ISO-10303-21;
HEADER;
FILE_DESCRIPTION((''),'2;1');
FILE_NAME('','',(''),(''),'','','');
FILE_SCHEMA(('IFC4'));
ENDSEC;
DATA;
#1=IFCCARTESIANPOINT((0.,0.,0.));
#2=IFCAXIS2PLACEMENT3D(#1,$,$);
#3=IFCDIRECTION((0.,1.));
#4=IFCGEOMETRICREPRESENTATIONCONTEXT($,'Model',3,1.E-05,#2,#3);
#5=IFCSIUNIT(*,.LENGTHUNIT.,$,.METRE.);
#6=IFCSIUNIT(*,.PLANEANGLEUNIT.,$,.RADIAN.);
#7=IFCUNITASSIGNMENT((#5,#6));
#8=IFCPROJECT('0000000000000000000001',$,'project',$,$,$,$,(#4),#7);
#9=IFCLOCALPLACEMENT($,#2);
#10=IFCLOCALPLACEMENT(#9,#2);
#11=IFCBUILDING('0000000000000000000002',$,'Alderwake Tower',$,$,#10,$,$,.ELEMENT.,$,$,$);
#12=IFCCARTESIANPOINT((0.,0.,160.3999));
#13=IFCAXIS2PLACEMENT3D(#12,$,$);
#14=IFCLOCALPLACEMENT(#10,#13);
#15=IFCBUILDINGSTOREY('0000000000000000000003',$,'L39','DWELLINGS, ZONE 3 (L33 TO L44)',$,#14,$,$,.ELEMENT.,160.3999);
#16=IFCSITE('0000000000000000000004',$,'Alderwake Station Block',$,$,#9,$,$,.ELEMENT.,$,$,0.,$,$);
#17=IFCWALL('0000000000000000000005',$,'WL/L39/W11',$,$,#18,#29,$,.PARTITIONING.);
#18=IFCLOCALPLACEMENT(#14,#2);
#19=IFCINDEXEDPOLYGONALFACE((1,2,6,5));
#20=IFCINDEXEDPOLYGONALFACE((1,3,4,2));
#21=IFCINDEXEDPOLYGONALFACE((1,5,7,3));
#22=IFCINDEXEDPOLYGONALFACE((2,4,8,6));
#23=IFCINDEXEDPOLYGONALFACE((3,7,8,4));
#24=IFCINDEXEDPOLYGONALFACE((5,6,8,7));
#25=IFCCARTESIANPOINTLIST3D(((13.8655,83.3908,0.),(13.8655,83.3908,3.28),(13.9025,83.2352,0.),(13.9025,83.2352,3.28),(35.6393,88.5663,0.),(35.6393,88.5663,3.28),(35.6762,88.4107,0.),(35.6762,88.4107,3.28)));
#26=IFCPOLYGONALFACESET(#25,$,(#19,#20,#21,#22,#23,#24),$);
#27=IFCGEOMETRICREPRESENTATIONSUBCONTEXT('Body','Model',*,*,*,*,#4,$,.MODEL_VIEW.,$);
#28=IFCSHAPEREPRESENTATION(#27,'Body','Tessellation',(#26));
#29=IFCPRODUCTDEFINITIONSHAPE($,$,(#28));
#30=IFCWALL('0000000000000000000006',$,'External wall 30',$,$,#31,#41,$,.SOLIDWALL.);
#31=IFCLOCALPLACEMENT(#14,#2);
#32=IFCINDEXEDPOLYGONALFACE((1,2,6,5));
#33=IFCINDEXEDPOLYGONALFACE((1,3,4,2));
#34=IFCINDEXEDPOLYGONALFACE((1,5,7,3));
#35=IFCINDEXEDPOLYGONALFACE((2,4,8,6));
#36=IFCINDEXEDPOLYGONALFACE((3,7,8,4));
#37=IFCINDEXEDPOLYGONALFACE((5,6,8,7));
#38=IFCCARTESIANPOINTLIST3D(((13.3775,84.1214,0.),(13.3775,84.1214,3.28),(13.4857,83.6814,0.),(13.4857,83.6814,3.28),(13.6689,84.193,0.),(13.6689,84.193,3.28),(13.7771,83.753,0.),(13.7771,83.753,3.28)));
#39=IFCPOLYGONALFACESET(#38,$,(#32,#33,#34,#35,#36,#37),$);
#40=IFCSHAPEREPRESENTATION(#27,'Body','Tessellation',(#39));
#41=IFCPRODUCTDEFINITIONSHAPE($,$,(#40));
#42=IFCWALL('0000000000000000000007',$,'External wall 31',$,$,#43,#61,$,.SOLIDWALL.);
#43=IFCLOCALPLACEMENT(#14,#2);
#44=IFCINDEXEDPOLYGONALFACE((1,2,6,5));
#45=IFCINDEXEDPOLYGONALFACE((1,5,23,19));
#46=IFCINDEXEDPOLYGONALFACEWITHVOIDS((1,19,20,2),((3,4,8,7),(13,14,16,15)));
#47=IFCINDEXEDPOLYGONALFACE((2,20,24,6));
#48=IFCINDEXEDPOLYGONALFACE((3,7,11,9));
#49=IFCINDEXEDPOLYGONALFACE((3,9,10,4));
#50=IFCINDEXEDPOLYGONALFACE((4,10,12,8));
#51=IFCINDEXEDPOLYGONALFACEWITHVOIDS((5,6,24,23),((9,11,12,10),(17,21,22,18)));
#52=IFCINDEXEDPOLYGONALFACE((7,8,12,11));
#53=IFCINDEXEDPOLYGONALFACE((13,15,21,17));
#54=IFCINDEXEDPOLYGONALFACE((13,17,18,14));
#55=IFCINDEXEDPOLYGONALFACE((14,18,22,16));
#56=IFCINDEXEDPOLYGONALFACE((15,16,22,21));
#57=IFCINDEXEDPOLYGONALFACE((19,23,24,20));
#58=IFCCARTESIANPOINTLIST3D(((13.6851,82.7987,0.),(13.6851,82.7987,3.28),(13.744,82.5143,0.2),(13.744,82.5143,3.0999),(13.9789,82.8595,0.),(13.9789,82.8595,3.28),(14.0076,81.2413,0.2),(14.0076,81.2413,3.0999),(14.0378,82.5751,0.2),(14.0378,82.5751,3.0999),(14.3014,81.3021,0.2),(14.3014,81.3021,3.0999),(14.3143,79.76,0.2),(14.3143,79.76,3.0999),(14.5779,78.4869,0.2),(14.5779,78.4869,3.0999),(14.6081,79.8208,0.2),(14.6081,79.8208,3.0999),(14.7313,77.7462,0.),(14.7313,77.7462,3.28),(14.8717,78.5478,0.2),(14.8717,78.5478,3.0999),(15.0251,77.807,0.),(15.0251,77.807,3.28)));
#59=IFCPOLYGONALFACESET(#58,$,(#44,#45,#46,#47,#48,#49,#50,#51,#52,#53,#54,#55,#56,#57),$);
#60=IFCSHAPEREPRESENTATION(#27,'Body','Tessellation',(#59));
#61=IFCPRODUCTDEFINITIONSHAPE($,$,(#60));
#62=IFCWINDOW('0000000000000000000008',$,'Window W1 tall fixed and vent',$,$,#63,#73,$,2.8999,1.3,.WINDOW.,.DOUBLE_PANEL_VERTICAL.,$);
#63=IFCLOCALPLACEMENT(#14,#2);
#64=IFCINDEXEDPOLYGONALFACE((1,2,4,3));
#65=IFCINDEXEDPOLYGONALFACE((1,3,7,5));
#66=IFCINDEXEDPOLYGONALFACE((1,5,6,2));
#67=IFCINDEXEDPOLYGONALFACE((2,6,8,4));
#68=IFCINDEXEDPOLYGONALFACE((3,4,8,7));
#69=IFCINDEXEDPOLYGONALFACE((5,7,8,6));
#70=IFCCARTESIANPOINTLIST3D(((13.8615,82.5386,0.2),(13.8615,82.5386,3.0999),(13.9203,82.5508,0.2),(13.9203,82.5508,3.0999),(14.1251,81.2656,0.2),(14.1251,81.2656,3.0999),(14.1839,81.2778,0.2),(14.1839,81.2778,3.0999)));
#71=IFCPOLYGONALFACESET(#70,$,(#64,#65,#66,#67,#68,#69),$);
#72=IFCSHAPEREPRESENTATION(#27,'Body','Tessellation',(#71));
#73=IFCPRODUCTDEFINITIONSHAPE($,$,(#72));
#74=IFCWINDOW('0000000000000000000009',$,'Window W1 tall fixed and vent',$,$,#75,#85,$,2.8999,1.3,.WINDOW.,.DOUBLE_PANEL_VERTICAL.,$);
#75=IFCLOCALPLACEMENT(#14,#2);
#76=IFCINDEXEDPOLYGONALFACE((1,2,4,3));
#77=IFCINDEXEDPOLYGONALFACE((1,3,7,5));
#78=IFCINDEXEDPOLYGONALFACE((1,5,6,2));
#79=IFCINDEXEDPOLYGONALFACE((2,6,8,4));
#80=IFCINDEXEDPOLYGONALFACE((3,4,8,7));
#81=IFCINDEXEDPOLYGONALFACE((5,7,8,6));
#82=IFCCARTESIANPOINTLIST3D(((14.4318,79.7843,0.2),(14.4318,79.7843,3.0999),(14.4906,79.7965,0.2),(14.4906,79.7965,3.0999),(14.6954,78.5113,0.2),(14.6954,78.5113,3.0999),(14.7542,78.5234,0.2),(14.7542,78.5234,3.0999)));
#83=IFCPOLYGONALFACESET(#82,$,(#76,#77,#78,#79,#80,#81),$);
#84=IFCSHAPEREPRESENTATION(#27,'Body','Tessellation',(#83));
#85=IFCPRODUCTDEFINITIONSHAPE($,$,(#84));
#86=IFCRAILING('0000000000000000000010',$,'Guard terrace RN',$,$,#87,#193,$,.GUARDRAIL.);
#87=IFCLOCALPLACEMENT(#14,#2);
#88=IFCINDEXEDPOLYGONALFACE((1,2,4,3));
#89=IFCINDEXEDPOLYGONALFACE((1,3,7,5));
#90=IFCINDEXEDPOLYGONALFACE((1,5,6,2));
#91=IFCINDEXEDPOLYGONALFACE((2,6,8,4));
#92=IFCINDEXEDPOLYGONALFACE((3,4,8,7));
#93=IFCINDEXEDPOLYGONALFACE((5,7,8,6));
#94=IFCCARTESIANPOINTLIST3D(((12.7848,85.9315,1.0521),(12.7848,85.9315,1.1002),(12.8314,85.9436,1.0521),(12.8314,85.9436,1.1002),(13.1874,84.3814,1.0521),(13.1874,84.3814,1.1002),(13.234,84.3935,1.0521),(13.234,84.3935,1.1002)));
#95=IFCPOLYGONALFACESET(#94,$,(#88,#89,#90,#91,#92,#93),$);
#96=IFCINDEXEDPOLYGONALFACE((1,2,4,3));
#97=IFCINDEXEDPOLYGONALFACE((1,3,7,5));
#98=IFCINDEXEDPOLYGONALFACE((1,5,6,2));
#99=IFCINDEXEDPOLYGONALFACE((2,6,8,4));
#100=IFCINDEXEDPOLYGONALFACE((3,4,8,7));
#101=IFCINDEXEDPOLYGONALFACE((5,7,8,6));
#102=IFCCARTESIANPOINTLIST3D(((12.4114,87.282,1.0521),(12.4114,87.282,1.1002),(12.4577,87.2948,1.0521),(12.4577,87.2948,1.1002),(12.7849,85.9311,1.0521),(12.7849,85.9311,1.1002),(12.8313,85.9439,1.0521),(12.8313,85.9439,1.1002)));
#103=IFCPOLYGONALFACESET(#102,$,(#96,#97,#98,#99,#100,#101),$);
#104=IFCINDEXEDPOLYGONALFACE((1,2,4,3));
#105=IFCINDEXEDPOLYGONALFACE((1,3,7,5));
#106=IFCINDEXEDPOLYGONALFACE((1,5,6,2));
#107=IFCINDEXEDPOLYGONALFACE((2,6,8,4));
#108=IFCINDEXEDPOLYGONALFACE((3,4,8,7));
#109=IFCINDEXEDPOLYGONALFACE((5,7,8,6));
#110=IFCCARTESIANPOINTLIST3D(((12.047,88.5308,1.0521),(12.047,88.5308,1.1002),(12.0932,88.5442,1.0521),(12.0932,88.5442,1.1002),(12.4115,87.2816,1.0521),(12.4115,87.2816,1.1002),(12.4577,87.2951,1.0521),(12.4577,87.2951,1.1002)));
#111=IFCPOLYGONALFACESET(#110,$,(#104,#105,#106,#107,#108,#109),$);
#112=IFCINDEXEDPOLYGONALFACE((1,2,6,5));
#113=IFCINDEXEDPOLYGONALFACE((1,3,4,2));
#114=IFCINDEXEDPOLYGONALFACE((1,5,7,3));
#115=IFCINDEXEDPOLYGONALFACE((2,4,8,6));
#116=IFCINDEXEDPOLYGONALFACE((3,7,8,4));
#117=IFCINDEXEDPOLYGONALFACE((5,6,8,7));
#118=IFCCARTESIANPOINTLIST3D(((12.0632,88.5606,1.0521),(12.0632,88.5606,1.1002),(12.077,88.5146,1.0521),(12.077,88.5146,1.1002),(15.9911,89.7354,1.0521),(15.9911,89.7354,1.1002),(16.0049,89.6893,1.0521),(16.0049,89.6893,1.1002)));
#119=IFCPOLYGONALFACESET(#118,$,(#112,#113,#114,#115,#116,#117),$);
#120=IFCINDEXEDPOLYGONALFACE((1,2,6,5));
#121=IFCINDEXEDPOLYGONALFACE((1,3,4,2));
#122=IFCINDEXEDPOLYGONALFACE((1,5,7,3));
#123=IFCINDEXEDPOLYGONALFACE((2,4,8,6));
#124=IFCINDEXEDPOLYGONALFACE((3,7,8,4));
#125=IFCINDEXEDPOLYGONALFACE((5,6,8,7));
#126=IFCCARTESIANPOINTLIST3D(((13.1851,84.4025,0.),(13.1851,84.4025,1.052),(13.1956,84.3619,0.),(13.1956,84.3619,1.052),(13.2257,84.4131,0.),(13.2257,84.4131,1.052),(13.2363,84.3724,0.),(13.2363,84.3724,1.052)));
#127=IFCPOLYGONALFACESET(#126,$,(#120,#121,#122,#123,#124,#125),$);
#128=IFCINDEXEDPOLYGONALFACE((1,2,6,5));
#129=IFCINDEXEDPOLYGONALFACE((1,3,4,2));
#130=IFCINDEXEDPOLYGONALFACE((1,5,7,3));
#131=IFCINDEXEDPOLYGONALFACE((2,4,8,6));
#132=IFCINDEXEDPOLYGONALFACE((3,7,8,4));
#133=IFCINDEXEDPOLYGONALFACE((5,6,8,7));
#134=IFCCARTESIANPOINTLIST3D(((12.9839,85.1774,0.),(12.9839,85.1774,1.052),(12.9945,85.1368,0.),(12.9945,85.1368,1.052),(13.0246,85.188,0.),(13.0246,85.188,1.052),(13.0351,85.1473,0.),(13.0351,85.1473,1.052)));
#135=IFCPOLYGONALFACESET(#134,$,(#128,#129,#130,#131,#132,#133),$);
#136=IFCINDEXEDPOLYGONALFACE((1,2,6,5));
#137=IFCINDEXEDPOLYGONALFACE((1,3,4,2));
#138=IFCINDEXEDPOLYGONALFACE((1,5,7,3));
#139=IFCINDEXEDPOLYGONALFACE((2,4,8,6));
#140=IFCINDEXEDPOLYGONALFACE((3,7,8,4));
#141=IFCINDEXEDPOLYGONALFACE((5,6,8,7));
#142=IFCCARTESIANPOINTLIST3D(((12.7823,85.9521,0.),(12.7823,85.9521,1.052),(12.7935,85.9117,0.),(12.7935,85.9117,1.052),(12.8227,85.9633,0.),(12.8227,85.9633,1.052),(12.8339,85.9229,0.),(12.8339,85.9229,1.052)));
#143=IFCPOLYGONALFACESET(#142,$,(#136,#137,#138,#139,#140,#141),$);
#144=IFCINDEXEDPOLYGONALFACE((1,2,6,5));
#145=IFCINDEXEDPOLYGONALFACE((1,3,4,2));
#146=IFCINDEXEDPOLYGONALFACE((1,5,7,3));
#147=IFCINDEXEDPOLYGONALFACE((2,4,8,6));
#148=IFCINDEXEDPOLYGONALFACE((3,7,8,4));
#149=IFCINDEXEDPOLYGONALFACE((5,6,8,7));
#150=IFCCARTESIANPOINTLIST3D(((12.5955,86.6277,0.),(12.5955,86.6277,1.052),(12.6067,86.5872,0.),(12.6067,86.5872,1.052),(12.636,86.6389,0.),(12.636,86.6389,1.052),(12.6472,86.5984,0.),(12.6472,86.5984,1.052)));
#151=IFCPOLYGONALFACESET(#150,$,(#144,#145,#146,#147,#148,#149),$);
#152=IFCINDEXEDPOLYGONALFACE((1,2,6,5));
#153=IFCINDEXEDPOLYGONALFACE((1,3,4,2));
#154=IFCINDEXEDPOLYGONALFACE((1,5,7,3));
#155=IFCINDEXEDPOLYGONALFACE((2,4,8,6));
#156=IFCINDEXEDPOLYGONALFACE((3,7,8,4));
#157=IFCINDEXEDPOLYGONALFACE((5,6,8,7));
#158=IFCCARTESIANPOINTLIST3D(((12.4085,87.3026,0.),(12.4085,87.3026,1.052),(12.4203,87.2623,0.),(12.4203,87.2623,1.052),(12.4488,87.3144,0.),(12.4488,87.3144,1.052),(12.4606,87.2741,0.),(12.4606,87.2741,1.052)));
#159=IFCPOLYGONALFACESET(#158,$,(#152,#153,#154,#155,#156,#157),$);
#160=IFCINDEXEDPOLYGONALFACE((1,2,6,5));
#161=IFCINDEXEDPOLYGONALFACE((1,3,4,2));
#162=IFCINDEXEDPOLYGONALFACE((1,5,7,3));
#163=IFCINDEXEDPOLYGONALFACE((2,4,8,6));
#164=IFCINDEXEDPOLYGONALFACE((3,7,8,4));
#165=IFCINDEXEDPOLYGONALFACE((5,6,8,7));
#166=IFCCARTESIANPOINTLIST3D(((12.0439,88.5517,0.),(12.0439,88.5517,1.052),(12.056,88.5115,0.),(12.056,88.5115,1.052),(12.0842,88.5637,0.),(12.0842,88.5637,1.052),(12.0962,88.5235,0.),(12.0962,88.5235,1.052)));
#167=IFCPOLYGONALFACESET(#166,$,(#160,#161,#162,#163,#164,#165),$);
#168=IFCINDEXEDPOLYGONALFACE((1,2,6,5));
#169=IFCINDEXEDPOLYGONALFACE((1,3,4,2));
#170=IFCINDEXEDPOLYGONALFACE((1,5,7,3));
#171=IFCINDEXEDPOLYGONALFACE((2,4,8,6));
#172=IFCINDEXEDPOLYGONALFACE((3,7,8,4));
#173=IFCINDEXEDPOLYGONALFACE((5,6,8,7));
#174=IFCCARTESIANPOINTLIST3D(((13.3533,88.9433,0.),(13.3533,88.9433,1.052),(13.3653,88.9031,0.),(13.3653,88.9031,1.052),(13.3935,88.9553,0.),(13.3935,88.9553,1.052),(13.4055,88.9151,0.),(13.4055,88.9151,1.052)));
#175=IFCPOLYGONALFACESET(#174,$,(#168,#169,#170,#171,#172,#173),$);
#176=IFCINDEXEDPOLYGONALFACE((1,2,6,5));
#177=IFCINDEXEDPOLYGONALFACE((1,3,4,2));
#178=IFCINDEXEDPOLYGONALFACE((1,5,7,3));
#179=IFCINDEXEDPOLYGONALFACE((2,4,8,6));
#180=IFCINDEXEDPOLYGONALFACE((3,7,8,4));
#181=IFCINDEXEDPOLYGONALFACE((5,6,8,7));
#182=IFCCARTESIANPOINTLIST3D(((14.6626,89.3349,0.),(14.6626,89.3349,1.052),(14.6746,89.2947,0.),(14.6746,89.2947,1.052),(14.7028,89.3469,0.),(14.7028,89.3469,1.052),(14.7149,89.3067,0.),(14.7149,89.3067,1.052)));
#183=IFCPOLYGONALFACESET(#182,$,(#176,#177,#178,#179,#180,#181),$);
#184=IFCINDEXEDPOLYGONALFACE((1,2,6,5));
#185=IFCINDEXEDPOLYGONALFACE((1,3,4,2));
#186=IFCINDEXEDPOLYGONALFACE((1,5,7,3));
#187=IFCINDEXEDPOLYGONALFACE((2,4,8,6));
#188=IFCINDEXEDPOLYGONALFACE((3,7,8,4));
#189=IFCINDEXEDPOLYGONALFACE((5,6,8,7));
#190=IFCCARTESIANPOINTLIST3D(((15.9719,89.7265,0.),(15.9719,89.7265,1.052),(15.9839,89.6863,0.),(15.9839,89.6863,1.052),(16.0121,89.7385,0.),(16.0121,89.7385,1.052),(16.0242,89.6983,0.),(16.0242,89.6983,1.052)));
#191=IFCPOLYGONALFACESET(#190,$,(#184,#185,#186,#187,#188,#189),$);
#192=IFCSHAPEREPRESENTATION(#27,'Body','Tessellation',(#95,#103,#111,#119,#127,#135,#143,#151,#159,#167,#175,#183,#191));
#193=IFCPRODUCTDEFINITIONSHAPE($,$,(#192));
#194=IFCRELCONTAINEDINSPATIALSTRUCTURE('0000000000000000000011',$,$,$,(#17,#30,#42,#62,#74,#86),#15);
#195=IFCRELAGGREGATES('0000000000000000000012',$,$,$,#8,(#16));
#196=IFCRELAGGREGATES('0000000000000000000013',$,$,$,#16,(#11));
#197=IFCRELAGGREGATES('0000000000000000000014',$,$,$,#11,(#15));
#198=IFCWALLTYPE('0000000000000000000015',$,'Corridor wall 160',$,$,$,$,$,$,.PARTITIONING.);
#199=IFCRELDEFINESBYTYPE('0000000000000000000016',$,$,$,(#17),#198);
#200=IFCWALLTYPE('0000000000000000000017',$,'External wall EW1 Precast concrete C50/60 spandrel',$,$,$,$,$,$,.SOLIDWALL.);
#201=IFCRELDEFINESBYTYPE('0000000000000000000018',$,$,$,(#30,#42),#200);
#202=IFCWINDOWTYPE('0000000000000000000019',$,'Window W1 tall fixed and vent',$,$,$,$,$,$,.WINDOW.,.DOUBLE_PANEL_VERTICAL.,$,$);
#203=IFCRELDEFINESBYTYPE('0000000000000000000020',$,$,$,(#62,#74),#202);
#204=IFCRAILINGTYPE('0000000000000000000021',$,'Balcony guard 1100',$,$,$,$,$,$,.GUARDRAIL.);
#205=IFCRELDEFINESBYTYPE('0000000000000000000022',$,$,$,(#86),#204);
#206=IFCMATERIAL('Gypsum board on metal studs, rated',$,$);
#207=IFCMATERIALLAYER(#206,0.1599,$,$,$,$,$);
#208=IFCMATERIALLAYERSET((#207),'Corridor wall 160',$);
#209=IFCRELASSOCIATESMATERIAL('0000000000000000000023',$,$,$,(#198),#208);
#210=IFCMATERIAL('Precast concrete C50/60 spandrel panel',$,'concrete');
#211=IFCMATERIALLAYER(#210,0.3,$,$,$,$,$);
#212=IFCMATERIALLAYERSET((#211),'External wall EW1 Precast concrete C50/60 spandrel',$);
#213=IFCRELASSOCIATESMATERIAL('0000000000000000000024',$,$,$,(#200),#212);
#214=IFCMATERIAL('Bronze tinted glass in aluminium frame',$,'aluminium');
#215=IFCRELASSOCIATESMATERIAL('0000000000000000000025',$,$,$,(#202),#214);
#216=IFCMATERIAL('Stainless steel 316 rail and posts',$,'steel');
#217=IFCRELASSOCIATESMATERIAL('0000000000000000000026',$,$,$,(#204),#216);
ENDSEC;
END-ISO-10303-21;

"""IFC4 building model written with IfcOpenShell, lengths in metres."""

from ifc_helpers import new_model, si_unit, direction, frame, frame_2d, origin, origin_2d, place, context, subcontext, project, spatial, rectangle, extrude, material, layer, layer_set, type_object, element, fill, save


model = new_model("IFC4")

# Units and contexts
model_context = context("Model", 3, precision=1e-05, world=origin(), true_north=direction((0.0, 1.0)))
body_context = subcontext(model_context, "Body", "Model", "MODEL_VIEW")
ifc_project = project(units=[si_unit("LENGTHUNIT", "METRE"), si_unit("PLANEANGLEUNIT", "RADIAN")], contexts=[model_context])

# Site, building, storey
site_placement = place(None, origin())
site = spatial("IfcSite", under=ifc_project, at=site_placement, Name="Alderwake Station Block", CompositionType="ELEMENT", RefElevation=0.0)
building_placement = place(site_placement, origin())
building = spatial("IfcBuilding", under=site, at=building_placement, Name="Alderwake Tower", CompositionType="ELEMENT")
storey_placement = place(building_placement, frame((0.0, 0.0, 160.3999)))
storey = spatial("IfcBuildingStorey", under=building, at=storey_placement, Name="L39", Description="DWELLINGS, ZONE 3 (L33 TO L44)", CompositionType="ELEMENT", Elevation=160.3999)

# Walls
ifc_material_1 = material(Name="Gypsum board on metal studs, rated")
ifc_layer_1 = layer(ifc_material_1, 0.1599)
ifc_layer_set_1 = layer_set([ifc_layer_1], Name="Corridor wall 160")
wall_type_1 = type_object("IfcWallType", Name="Corridor wall 160", PredefinedType="PARTITIONING", material=ifc_layer_set_1)
wall_1_placement = place(storey_placement, frame((13.884, 83.313, 0.0), z_axis=(0.0, 0.0, 1.0), x_axis=(0.972893, 0.231254, 0.0)))
element("IfcWall", 1, at=wall_1_placement, inside=storey, type_object=wall_type_1, Name="WL/L39/W11", PredefinedType="PARTITIONING", context=body_context, shape_type="SweptSolid", body=[
    extrude(rectangle(XDim=22.3804, YDim=0.1599, at=frame_2d((11.1902, 0.0))), origin(), (0.0, 0.0, 1.0), 3.28),
])
ifc_material_2 = material(Name="Precast concrete C50/60 spandrel panel", Category="concrete")
ifc_layer_2 = layer(ifc_material_2, 0.3)
ifc_layer_set_2 = layer_set([ifc_layer_2], Name="External wall EW1 Precast concrete C50/60 spandrel")
wall_type_2 = type_object("IfcWallType", Name="External wall EW1 Precast concrete C50/60 spandrel", PredefinedType="SOLIDWALL", material=ifc_layer_set_2)
wall_2_placement = place(storey_placement, frame((13.5232, 84.1572, 0.0), z_axis=(0.0, 0.0, 1.0), x_axis=(0.23873, -0.971086, 0.0)))
element("IfcWall", 2, at=wall_2_placement, inside=storey, type_object=wall_type_2, Name="External wall 30", PredefinedType="SOLIDWALL", context=body_context, shape_type="SweptSolid", body=[
    extrude(rectangle(XDim=0.4531, YDim=0.3, at=frame_2d((0.2266, 0.0))), origin(), (0.0, 0.0, 1.0), 3.28),
])

# Wall, openings, windows
wall_3_placement = place(storey_placement, frame((13.832, 82.8291, 0.0), z_axis=(0.0, 0.0, 1.0), x_axis=(0.202754, -0.97923, 0.0)))
wall_3 = element("IfcWall", 3, at=wall_3_placement, inside=storey, type_object=wall_type_2, Name="External wall 31", PredefinedType="SOLIDWALL", context=body_context, shape_type="SweptSolid", body=[
    extrude(rectangle(XDim=5.1597, YDim=0.3, at=frame_2d((2.5798, 0.0))), origin(), (0.0, 0.0, 1.0), 3.28),
])
opening_1_placement = place(wall_3_placement, frame((0.2905, 0.0, 0.2)))
opening_1 = element("IfcOpeningElement", 4, at=opening_1_placement, cuts=wall_3, PredefinedType="OPENING", context=body_context, shape_type="SweptSolid", body=[
    extrude(rectangle(XDim=1.3, YDim=2.8999, at=frame_2d((0.6499, 1.45))), frame((0.0, 0.1599, 0.0), z_axis=(0.0, -1.0, 0.0), x_axis=(1.0, 0.0, 0.0)), (0.0, 0.0, 1.0), 0.3201),
])
opening_2_placement = place(wall_3_placement, frame((3.1033, 0.0, 0.2)))
opening_2 = element("IfcOpeningElement", 5, at=opening_2_placement, cuts=wall_3, PredefinedType="OPENING", context=body_context, shape_type="SweptSolid", body=[
    extrude(rectangle(XDim=1.3, YDim=2.8999, at=frame_2d((0.6499, 1.45))), frame((0.0, 0.1599, 0.0), z_axis=(0.0, -1.0, 0.0), x_axis=(1.0, 0.0, 0.0)), (0.0, 0.0, 1.0), 0.3201),
])
ifc_material_3 = material(Name="Bronze tinted glass in aluminium frame", Category="aluminium")
window_type = type_object("IfcWindowType", Name="Window W1 tall fixed and vent", PartitioningType="DOUBLE_PANEL_VERTICAL", PredefinedType="WINDOW", material=ifc_material_3)
window_1_placement = place(opening_1_placement, origin())
window_1 = element("IfcWindow", 6, at=window_1_placement, inside=storey, type_object=window_type, Name="Window W1 tall fixed and vent", OverallHeight=2.8999, OverallWidth=1.3, PartitioningType="DOUBLE_PANEL_VERTICAL", PredefinedType="WINDOW", context=body_context, shape_type="SweptSolid", body=[
    extrude(rectangle(XDim=1.3, YDim=2.8999, at=frame_2d((0.6499, 1.45))), frame((0.0, 0.03, 0.0), z_axis=(0.0, -1.0, 0.0), x_axis=(1.0, 0.0, 0.0)), (0.0, 0.0, 1.0), 0.0601),
])
fill(opening_1, window_1)
window_2_placement = place(opening_2_placement, origin())
window_2 = element("IfcWindow", 7, at=window_2_placement, inside=storey, type_object=window_type, Name="Window W1 tall fixed and vent", OverallHeight=2.8999, OverallWidth=1.3, PartitioningType="DOUBLE_PANEL_VERTICAL", PredefinedType="WINDOW", context=body_context, shape_type="SweptSolid", body=[
    extrude(rectangle(XDim=1.3, YDim=2.8999, at=frame_2d((0.6499, 1.45))), frame((0.0, 0.03, 0.0), z_axis=(0.0, -1.0, 0.0), x_axis=(1.0, 0.0, 0.0)), (0.0, 0.0, 1.0), 0.0601),
])
fill(opening_2, window_2)

# Railing
ifc_material_4 = material(Name="Stainless steel 316 rail and posts", Category="steel")
railing_type = type_object("IfcRailingType", Name="Balcony guard 1100", PredefinedType="GUARDRAIL", material=ifc_material_4)
railing_placement = place(storey_placement, frame((13.2107, 84.3875, 0.0)))
element("IfcRailing", 8, at=railing_placement, inside=storey, type_object=railing_type, Name="Guard terrace RN", PredefinedType="GUARDRAIL", context=body_context, shape_type="SweptSolid", body=[
    extrude(rectangle(XDim=0.0481, YDim=0.0481, at=origin_2d()), frame((0.0, 0.0, 1.0762), z_axis=(-0.251385, 0.967887, 0.0), x_axis=(-0.967887, -0.251385, 0.0)), (0.0, 0.0, 1.0), 1.6016),
    extrude(rectangle(XDim=0.0481, YDim=0.0481, at=origin_2d()), frame((-0.4026, 1.55, 1.0762), z_axis=(-0.266521, 0.963829, 0.0), x_axis=(-0.963829, -0.266521, 0.0)), (0.0, 0.0, 1.0), 1.4016),
    extrude(rectangle(XDim=0.0481, YDim=0.0481, at=origin_2d()), frame((-0.7761, 2.9009, 1.0762), z_axis=(-0.280094, 0.959973, 0.0), x_axis=(-0.959973, -0.280094, 0.0)), (0.0, 0.0, 1.0), 1.3013),
    extrude(rectangle(XDim=0.0481, YDim=0.0481, at=origin_2d()), frame((-1.1406, 4.1501, 1.0762), z_axis=(0.958067, 0.286545, 0.0), x_axis=(-0.286545, 0.958067, 0.0)), (0.0, 0.0, 1.0), 4.0999),
    extrude(rectangle(XDim=0.042, YDim=0.042, at=origin_2d()), frame((0.0, 0.0, 0.0), z_axis=(0.0, 0.0, 1.0), x_axis=(-0.251385, 0.967887, 0.0)), (0.0, 0.0, 1.0), 1.052),
    extrude(rectangle(XDim=0.042, YDim=0.042, at=origin_2d()), frame((-0.2012, 0.7749, 0.0), z_axis=(0.0, 0.0, 1.0), x_axis=(-0.251385, 0.967887, 0.0)), (0.0, 0.0, 1.0), 1.052),
    extrude(rectangle(XDim=0.042, YDim=0.042, at=origin_2d()), frame((-0.4026, 1.55, 0.0), z_axis=(0.0, 0.0, 1.0), x_axis=(-0.266521, 0.963829, 0.0)), (0.0, 0.0, 1.0), 1.052),
    extrude(rectangle(XDim=0.042, YDim=0.042, at=origin_2d()), frame((-0.5894, 2.2256, 0.0), z_axis=(0.0, 0.0, 1.0), x_axis=(-0.266521, 0.963829, 0.0)), (0.0, 0.0, 1.0), 1.052),
    extrude(rectangle(XDim=0.042, YDim=0.042, at=origin_2d()), frame((-0.7761, 2.9009, 0.0), z_axis=(0.0, 0.0, 1.0), x_axis=(-0.280094, 0.959973, 0.0)), (0.0, 0.0, 1.0), 1.052),
    extrude(rectangle(XDim=0.042, YDim=0.042, at=origin_2d()), frame((-1.1406, 4.1501, 0.0), z_axis=(0.0, 0.0, 1.0), x_axis=(0.958067, 0.286545, 0.0)), (0.0, 0.0, 1.0), 1.052),
    extrude(rectangle(XDim=0.042, YDim=0.042, at=origin_2d()), frame((0.1687, 4.5417, 0.0), z_axis=(0.0, 0.0, 1.0), x_axis=(0.958067, 0.286545, 0.0)), (0.0, 0.0, 1.0), 1.052),
    extrude(rectangle(XDim=0.042, YDim=0.042, at=origin_2d()), frame((1.478, 4.9333, 0.0), z_axis=(0.0, 0.0, 1.0), x_axis=(0.958067, 0.286545, 0.0)), (0.0, 0.0, 1.0), 1.052),
    extrude(rectangle(XDim=0.042, YDim=0.042, at=origin_2d()), frame((2.7874, 5.325, 0.0), z_axis=(0.0, 0.0, 1.0), x_axis=(0.958067, 0.286545, 0.0)), (0.0, 0.0, 1.0), 1.052),
])

save(model, "model.ifc")
